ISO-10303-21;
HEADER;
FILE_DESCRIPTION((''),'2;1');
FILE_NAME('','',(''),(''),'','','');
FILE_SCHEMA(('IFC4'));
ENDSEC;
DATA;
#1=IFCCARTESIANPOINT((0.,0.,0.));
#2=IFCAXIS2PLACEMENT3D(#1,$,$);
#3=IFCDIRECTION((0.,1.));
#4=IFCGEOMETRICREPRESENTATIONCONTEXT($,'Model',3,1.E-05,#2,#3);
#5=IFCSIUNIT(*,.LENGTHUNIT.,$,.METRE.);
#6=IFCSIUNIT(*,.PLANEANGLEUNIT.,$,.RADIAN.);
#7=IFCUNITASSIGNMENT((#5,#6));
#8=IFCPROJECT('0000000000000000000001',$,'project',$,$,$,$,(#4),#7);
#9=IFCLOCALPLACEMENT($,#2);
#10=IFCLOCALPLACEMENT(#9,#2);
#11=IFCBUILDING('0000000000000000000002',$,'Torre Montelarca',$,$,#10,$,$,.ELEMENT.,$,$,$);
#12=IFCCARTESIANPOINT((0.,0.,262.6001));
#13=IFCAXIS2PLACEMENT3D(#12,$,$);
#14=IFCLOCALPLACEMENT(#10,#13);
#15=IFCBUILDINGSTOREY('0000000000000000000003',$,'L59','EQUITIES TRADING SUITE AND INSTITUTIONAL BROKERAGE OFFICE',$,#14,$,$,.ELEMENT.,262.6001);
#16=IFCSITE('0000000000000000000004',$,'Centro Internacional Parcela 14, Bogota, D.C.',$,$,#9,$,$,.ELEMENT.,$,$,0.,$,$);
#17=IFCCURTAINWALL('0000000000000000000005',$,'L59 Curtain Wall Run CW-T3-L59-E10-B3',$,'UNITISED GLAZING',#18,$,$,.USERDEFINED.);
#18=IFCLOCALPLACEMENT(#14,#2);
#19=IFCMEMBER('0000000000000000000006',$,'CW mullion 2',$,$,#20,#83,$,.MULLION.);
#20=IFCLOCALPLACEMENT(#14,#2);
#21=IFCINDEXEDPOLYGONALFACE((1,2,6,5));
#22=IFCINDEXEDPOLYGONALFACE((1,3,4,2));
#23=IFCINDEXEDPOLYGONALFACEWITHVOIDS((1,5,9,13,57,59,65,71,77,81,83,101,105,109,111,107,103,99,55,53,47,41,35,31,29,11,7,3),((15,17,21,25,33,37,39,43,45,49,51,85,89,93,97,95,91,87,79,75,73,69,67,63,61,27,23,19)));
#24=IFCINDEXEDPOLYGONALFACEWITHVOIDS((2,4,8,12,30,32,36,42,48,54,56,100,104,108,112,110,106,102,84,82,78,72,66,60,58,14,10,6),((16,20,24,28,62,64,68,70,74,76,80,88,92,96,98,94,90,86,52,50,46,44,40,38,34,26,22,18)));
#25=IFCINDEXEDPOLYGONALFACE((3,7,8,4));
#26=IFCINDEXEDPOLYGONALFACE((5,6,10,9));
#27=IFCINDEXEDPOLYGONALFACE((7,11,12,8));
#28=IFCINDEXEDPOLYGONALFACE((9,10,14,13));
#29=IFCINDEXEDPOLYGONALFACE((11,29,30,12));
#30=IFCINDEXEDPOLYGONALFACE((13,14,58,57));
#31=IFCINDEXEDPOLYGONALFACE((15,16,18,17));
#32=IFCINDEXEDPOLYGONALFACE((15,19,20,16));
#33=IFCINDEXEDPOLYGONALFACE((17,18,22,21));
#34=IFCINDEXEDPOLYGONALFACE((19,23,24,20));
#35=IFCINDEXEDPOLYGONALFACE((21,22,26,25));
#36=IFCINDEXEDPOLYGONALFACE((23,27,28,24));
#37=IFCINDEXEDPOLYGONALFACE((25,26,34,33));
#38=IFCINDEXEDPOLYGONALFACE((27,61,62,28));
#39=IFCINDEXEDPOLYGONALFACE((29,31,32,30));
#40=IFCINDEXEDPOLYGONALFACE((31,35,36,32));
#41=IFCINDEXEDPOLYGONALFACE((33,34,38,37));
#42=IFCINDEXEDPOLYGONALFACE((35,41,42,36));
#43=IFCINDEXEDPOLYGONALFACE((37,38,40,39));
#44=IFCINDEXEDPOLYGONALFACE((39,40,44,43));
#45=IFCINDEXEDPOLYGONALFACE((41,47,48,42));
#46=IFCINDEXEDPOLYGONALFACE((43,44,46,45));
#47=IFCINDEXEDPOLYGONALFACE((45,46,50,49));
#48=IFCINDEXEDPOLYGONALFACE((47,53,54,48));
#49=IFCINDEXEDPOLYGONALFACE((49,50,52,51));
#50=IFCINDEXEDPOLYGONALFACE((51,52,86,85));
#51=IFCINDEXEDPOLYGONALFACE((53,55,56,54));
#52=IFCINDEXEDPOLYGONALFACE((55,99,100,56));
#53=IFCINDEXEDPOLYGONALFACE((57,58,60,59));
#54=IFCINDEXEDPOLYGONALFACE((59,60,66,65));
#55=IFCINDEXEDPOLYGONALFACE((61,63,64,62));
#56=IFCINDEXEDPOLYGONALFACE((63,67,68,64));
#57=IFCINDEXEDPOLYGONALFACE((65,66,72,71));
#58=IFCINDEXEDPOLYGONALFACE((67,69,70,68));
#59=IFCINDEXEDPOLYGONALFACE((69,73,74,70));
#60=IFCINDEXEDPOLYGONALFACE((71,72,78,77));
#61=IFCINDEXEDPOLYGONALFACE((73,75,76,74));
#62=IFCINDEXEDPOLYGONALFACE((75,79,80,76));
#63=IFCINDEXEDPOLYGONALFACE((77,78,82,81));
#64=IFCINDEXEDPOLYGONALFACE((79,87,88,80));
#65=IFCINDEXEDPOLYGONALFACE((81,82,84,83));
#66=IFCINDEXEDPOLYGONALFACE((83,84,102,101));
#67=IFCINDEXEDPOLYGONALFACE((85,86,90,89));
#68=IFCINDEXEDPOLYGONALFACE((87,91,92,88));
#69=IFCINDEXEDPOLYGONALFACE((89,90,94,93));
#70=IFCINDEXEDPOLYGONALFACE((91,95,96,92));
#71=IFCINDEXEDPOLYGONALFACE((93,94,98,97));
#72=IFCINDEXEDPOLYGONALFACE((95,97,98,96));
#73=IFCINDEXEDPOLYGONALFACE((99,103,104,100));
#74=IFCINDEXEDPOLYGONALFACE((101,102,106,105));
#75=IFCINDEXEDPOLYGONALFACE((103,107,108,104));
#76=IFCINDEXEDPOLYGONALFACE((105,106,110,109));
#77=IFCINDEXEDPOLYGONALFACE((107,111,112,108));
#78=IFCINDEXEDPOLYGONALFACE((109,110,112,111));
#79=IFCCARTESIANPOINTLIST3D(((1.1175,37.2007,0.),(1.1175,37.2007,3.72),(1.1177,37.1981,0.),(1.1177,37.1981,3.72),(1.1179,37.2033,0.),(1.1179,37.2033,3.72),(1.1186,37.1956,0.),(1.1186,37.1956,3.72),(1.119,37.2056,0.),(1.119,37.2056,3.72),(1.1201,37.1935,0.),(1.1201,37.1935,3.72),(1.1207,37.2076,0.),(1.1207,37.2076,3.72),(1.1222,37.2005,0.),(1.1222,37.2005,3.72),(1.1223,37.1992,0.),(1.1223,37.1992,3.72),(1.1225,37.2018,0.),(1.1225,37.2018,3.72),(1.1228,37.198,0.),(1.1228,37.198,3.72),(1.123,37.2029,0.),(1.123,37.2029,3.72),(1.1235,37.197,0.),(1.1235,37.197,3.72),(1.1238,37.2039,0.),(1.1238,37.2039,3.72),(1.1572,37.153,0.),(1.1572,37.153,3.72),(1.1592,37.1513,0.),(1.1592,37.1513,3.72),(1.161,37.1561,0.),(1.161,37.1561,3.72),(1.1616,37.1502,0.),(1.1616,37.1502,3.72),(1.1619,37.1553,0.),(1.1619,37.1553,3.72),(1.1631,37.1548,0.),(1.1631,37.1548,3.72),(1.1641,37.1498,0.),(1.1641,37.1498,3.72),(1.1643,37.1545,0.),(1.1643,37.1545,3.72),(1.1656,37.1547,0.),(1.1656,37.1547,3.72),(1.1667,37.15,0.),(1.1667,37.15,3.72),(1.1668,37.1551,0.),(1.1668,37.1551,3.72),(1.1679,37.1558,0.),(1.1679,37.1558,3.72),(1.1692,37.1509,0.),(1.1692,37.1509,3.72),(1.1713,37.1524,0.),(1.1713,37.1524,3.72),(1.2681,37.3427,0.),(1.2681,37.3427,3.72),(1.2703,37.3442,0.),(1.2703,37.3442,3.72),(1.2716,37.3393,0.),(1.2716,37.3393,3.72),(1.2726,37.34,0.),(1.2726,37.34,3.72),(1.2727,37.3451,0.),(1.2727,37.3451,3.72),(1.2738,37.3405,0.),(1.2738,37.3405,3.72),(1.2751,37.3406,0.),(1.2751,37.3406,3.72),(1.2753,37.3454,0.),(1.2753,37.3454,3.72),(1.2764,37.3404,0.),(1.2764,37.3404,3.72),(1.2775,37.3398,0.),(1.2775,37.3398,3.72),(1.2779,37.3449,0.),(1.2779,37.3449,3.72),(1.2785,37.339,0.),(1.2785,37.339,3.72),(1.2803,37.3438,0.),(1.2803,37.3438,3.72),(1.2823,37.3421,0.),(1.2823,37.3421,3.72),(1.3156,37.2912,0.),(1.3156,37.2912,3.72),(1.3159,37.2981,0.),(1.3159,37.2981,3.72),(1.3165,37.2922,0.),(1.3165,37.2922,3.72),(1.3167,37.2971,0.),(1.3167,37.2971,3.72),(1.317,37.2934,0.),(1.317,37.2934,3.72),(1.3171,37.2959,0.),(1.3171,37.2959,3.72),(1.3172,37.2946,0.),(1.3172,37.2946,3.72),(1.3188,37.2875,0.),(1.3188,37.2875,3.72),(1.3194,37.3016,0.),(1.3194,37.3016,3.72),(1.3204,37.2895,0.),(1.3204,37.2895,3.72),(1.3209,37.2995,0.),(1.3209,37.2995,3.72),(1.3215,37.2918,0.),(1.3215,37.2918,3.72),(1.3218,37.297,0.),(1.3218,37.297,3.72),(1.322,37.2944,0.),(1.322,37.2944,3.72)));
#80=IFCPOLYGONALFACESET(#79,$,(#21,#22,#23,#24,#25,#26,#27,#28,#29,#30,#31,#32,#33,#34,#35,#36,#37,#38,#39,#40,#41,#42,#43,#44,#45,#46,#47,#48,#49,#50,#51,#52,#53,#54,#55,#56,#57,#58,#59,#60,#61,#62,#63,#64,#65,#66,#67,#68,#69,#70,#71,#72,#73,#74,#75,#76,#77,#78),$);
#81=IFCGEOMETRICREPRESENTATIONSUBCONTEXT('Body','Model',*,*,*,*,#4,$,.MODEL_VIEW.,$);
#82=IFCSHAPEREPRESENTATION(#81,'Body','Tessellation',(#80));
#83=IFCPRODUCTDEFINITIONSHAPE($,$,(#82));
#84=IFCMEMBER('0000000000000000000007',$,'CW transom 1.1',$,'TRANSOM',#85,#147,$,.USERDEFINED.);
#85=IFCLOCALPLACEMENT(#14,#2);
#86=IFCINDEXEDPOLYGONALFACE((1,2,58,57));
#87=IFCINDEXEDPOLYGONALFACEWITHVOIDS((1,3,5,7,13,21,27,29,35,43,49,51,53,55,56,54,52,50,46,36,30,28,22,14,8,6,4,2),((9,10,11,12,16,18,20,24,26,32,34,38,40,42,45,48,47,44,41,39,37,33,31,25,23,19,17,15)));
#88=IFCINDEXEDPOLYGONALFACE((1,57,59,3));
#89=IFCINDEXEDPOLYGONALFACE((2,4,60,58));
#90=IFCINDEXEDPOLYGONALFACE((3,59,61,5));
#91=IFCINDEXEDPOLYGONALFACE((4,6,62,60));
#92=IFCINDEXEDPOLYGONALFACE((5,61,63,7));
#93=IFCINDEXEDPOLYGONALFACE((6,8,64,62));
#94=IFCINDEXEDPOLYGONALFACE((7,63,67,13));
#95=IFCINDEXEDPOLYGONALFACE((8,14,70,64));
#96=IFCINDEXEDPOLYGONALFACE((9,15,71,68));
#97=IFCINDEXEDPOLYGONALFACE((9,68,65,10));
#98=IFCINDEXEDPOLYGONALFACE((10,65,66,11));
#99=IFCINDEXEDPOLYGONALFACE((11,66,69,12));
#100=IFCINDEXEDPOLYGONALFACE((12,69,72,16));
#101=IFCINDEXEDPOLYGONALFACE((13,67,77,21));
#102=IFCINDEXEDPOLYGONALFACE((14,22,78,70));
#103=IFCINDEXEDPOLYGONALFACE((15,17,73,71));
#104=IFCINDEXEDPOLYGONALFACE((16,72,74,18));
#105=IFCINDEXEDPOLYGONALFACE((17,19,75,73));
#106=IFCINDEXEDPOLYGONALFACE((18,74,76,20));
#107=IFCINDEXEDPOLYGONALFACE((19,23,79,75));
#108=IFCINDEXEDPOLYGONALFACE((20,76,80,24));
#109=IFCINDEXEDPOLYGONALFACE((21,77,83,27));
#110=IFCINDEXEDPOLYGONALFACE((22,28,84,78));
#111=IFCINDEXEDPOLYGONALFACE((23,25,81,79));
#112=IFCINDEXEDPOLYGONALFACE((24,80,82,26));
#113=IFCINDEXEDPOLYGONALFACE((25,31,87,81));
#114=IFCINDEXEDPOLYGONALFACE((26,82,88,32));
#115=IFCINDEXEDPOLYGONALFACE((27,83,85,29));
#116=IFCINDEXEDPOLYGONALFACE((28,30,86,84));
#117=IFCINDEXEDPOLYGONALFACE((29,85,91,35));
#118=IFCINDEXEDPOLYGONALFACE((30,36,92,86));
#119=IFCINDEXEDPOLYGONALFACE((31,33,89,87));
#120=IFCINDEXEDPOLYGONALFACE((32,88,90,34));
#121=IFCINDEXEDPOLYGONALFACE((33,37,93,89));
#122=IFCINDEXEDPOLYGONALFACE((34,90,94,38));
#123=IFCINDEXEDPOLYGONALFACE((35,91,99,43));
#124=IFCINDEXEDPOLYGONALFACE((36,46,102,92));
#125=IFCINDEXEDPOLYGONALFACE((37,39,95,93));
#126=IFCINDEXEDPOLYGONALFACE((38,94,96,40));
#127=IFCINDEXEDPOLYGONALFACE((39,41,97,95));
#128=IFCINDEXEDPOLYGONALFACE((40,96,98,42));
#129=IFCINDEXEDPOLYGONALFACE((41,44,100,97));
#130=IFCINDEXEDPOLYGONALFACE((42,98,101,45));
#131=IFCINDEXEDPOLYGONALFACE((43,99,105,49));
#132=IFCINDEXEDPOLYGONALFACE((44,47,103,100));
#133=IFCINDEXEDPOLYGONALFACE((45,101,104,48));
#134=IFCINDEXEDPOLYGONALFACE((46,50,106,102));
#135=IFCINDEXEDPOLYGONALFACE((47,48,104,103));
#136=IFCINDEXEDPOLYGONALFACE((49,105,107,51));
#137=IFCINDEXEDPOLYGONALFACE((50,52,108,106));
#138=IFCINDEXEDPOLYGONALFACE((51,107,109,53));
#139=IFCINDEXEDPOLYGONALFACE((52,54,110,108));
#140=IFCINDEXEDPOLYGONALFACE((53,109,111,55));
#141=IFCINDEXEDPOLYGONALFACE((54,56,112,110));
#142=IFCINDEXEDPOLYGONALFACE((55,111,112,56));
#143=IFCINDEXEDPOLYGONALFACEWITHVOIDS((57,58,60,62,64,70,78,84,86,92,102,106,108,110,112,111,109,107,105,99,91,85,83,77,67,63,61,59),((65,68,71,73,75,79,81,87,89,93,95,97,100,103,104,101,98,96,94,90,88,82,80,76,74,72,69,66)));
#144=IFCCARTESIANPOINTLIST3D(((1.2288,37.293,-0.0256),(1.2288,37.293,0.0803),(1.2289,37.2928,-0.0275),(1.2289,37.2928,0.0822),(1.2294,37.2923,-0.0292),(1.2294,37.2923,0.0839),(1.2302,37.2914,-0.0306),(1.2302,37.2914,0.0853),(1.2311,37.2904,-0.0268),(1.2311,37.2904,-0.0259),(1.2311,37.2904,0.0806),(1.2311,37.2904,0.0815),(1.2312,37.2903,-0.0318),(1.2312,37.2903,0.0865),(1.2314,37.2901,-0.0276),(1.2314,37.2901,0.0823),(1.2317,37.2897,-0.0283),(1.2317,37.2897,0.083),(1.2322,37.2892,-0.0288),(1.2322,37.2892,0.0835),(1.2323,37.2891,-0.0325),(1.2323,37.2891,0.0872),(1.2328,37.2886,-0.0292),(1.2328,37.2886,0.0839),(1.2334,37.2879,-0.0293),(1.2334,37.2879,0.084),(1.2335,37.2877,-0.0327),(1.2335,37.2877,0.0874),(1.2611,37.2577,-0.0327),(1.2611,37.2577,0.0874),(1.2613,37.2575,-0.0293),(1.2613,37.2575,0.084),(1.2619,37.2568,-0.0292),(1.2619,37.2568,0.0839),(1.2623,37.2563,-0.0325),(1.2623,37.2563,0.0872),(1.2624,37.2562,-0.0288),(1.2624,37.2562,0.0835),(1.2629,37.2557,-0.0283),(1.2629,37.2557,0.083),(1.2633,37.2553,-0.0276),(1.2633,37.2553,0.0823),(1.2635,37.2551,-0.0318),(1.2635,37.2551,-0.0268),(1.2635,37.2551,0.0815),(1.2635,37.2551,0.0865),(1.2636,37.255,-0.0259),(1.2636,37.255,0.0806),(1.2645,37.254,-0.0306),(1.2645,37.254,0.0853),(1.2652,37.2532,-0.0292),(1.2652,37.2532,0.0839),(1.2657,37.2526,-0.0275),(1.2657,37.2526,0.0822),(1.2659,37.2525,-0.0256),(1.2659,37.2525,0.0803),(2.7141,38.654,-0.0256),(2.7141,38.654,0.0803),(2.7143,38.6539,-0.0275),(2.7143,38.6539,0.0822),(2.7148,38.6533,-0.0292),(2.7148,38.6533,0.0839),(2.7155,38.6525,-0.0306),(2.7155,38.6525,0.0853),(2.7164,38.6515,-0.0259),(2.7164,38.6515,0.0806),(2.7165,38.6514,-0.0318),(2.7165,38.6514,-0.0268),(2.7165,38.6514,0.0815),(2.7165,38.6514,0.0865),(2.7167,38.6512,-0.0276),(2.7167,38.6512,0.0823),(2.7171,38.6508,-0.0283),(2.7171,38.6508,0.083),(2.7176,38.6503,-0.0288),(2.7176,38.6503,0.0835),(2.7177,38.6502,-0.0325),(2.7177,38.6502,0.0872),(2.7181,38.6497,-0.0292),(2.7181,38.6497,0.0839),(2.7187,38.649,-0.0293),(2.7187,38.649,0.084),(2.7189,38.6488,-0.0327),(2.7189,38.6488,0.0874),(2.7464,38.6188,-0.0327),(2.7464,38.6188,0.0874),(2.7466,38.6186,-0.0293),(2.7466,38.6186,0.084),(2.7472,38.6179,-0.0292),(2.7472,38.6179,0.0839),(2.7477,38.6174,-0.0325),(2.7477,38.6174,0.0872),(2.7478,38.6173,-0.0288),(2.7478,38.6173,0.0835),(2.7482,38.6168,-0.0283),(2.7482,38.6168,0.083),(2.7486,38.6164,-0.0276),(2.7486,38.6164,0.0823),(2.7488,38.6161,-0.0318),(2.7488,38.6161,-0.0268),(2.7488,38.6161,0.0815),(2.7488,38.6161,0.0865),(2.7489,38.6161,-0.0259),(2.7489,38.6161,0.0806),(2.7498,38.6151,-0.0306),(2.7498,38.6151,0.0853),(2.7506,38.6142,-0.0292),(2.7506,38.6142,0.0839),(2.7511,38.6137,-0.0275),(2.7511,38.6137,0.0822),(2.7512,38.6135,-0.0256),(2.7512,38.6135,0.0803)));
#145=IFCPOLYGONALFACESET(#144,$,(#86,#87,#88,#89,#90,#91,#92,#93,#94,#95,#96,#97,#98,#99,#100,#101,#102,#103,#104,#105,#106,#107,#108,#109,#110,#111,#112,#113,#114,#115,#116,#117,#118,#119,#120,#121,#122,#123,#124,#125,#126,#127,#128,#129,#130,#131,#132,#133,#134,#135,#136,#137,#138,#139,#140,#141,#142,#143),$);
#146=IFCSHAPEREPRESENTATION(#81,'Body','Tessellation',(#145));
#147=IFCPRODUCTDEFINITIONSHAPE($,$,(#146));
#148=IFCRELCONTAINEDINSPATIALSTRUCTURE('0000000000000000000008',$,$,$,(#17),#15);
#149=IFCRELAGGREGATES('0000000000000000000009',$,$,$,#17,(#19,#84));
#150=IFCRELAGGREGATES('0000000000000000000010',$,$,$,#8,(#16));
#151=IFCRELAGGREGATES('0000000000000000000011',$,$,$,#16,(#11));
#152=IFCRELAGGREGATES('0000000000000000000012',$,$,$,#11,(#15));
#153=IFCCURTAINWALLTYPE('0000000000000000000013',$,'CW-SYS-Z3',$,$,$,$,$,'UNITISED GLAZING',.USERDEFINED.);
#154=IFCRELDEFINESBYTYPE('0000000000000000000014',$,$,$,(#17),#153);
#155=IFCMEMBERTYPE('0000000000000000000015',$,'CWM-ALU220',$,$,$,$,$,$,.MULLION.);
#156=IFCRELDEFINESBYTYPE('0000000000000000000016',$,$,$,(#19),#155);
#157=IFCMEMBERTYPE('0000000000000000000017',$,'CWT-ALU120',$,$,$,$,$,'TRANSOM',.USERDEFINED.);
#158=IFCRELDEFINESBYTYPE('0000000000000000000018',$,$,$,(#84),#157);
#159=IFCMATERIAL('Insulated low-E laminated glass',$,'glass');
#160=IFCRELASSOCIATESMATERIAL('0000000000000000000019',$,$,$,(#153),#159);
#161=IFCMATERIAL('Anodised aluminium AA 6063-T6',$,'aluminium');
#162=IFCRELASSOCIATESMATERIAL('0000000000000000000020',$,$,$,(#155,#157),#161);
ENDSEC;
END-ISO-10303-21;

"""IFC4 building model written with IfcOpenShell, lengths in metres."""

from ifc_helpers import new_model, si_unit, direction, frame, origin, origin_2d, place, context, subcontext, project, spatial, hollow_rectangle, extrude, source, transform, mapped, material, material_profile, profile_set, type_object, element, aggregate, save


model = new_model("IFC4")

# Units and contexts
model_context = context("Model", 3, precision=1e-05, world=origin(), true_north=direction((0.0, 1.0)))
body_context = subcontext(model_context, "Body", "Model", "MODEL_VIEW")
ifc_project = project(units=[si_unit("LENGTHUNIT", "METRE"), si_unit("PLANEANGLEUNIT", "RADIAN")], contexts=[model_context])

# Site, building, storey
site_placement = place(None, origin())
site = spatial("IfcSite", under=ifc_project, at=site_placement, Name="Centro Internacional Parcela 14, Bogota, D.C.", CompositionType="ELEMENT", RefElevation=0.0)
building_placement = place(site_placement, origin())
building = spatial("IfcBuilding", under=site, at=building_placement, Name="Torre Montelarca", CompositionType="ELEMENT")
storey_placement = place(building_placement, frame((0.0, 0.0, 262.6001)))
storey = spatial("IfcBuildingStorey", under=building, at=storey_placement, Name="L59", Description="EQUITIES TRADING SUITE AND INSTITUTIONAL BROKERAGE OFFICE", CompositionType="ELEMENT", Elevation=262.6001)

# Curtain wall, members
ifc_material_1 = material(Name="Insulated low-E laminated glass", Category="glass")
curtain_wall_type = type_object("IfcCurtainWallType", Name="CW-SYS-Z3", ElementType="UNITISED GLAZING", PredefinedType="USERDEFINED", material=ifc_material_1)
curtain_wall_placement = place(storey_placement, origin())
curtain_wall = element("IfcCurtainWall", 1, at=curtain_wall_placement, inside=storey, type_object=curtain_wall_type, Name="L59 Curtain Wall Run CW-T3-L59-E10-B3", ObjectType="UNITISED GLAZING", PredefinedType="USERDEFINED")
ifc_material_2 = material(Name="Anodised aluminium AA 6063-T6", Category="aluminium")
ifc_material_profile_1 = material_profile(ifc_material_2, hollow_rectangle(XDim=0.075, YDim=0.22, WallThickness=0.0049, InnerFilletRadius=0.0049, OuterFilletRadius=0.01, at=origin_2d()), Name="ALU75X220X5", Category="aluminium")
ifc_profile_set_1 = profile_set([ifc_material_profile_1], Name="Anodised aluminium AA 6063-T6")
member_type_1 = type_object("IfcMemberType", Name="CWM-ALU220", PredefinedType="MULLION", material=ifc_profile_set_1)
shared_shape_1 = source(origin(), body_context, "Body", "SweptSolid", [
    extrude(hollow_rectangle(XDim=0.075, YDim=0.22, WallThickness=0.0049, InnerFilletRadius=0.0049, OuterFilletRadius=0.01, at=origin_2d()), origin(), (0.0, 0.0, 1.0), 3.72),
])
member_1_placement = place(storey_placement, frame((1.2197, 37.2476, 0.0), z_axis=(0.0, 0.0, 1.0), x_axis=(0.675582, -0.737285, 0.0)))
member_1 = element("IfcMember", 2, at=member_1_placement, type_object=member_type_1, Name="CW mullion 2", PredefinedType="MULLION", context=body_context, shape_type="MappedRepresentation", body=[
    mapped(shared_shape_1, transform((0.0, 0.0, 0.0), scale=1.0)),
])
ifc_material_profile_2 = material_profile(ifc_material_2, hollow_rectangle(XDim=0.0549, YDim=0.1201, WallThickness=0.0034, InnerFilletRadius=0.0034, OuterFilletRadius=0.0071, at=origin_2d()), Name="ALU55X120X3.5", Category="aluminium")
ifc_profile_set_2 = profile_set([ifc_material_profile_2], Name="Anodised aluminium AA 6063-T6")
member_type_2 = type_object("IfcMemberType", Name="CWT-ALU120", ElementType="TRANSOM", PredefinedType="USERDEFINED", material=ifc_profile_set_2)
shared_shape_2 = source(origin(), body_context, "Body", "SweptSolid", [
    extrude(hollow_rectangle(XDim=0.0549, YDim=0.1201, WallThickness=0.0034, InnerFilletRadius=0.0034, OuterFilletRadius=0.0071, at=origin_2d()), origin(), (0.0, 0.0, 1.0), 2.0146),
])
member_2_placement = place(storey_placement, frame((2.7327, 38.6338, 0.0273), z_axis=(-0.737275, -0.675593, 0.0), x_axis=(0.675593, -0.737275, 0.0)))
member_2 = element("IfcMember", 3, at=member_2_placement, type_object=member_type_2, Name="CW transom 1.1", ObjectType="TRANSOM", PredefinedType="USERDEFINED", context=body_context, shape_type="MappedRepresentation", body=[
    mapped(shared_shape_2, transform((0.0, 0.0, 0.0), scale=1.0)),
])
aggregate(curtain_wall, [member_1, member_2])

save(model, "model.ifc")
